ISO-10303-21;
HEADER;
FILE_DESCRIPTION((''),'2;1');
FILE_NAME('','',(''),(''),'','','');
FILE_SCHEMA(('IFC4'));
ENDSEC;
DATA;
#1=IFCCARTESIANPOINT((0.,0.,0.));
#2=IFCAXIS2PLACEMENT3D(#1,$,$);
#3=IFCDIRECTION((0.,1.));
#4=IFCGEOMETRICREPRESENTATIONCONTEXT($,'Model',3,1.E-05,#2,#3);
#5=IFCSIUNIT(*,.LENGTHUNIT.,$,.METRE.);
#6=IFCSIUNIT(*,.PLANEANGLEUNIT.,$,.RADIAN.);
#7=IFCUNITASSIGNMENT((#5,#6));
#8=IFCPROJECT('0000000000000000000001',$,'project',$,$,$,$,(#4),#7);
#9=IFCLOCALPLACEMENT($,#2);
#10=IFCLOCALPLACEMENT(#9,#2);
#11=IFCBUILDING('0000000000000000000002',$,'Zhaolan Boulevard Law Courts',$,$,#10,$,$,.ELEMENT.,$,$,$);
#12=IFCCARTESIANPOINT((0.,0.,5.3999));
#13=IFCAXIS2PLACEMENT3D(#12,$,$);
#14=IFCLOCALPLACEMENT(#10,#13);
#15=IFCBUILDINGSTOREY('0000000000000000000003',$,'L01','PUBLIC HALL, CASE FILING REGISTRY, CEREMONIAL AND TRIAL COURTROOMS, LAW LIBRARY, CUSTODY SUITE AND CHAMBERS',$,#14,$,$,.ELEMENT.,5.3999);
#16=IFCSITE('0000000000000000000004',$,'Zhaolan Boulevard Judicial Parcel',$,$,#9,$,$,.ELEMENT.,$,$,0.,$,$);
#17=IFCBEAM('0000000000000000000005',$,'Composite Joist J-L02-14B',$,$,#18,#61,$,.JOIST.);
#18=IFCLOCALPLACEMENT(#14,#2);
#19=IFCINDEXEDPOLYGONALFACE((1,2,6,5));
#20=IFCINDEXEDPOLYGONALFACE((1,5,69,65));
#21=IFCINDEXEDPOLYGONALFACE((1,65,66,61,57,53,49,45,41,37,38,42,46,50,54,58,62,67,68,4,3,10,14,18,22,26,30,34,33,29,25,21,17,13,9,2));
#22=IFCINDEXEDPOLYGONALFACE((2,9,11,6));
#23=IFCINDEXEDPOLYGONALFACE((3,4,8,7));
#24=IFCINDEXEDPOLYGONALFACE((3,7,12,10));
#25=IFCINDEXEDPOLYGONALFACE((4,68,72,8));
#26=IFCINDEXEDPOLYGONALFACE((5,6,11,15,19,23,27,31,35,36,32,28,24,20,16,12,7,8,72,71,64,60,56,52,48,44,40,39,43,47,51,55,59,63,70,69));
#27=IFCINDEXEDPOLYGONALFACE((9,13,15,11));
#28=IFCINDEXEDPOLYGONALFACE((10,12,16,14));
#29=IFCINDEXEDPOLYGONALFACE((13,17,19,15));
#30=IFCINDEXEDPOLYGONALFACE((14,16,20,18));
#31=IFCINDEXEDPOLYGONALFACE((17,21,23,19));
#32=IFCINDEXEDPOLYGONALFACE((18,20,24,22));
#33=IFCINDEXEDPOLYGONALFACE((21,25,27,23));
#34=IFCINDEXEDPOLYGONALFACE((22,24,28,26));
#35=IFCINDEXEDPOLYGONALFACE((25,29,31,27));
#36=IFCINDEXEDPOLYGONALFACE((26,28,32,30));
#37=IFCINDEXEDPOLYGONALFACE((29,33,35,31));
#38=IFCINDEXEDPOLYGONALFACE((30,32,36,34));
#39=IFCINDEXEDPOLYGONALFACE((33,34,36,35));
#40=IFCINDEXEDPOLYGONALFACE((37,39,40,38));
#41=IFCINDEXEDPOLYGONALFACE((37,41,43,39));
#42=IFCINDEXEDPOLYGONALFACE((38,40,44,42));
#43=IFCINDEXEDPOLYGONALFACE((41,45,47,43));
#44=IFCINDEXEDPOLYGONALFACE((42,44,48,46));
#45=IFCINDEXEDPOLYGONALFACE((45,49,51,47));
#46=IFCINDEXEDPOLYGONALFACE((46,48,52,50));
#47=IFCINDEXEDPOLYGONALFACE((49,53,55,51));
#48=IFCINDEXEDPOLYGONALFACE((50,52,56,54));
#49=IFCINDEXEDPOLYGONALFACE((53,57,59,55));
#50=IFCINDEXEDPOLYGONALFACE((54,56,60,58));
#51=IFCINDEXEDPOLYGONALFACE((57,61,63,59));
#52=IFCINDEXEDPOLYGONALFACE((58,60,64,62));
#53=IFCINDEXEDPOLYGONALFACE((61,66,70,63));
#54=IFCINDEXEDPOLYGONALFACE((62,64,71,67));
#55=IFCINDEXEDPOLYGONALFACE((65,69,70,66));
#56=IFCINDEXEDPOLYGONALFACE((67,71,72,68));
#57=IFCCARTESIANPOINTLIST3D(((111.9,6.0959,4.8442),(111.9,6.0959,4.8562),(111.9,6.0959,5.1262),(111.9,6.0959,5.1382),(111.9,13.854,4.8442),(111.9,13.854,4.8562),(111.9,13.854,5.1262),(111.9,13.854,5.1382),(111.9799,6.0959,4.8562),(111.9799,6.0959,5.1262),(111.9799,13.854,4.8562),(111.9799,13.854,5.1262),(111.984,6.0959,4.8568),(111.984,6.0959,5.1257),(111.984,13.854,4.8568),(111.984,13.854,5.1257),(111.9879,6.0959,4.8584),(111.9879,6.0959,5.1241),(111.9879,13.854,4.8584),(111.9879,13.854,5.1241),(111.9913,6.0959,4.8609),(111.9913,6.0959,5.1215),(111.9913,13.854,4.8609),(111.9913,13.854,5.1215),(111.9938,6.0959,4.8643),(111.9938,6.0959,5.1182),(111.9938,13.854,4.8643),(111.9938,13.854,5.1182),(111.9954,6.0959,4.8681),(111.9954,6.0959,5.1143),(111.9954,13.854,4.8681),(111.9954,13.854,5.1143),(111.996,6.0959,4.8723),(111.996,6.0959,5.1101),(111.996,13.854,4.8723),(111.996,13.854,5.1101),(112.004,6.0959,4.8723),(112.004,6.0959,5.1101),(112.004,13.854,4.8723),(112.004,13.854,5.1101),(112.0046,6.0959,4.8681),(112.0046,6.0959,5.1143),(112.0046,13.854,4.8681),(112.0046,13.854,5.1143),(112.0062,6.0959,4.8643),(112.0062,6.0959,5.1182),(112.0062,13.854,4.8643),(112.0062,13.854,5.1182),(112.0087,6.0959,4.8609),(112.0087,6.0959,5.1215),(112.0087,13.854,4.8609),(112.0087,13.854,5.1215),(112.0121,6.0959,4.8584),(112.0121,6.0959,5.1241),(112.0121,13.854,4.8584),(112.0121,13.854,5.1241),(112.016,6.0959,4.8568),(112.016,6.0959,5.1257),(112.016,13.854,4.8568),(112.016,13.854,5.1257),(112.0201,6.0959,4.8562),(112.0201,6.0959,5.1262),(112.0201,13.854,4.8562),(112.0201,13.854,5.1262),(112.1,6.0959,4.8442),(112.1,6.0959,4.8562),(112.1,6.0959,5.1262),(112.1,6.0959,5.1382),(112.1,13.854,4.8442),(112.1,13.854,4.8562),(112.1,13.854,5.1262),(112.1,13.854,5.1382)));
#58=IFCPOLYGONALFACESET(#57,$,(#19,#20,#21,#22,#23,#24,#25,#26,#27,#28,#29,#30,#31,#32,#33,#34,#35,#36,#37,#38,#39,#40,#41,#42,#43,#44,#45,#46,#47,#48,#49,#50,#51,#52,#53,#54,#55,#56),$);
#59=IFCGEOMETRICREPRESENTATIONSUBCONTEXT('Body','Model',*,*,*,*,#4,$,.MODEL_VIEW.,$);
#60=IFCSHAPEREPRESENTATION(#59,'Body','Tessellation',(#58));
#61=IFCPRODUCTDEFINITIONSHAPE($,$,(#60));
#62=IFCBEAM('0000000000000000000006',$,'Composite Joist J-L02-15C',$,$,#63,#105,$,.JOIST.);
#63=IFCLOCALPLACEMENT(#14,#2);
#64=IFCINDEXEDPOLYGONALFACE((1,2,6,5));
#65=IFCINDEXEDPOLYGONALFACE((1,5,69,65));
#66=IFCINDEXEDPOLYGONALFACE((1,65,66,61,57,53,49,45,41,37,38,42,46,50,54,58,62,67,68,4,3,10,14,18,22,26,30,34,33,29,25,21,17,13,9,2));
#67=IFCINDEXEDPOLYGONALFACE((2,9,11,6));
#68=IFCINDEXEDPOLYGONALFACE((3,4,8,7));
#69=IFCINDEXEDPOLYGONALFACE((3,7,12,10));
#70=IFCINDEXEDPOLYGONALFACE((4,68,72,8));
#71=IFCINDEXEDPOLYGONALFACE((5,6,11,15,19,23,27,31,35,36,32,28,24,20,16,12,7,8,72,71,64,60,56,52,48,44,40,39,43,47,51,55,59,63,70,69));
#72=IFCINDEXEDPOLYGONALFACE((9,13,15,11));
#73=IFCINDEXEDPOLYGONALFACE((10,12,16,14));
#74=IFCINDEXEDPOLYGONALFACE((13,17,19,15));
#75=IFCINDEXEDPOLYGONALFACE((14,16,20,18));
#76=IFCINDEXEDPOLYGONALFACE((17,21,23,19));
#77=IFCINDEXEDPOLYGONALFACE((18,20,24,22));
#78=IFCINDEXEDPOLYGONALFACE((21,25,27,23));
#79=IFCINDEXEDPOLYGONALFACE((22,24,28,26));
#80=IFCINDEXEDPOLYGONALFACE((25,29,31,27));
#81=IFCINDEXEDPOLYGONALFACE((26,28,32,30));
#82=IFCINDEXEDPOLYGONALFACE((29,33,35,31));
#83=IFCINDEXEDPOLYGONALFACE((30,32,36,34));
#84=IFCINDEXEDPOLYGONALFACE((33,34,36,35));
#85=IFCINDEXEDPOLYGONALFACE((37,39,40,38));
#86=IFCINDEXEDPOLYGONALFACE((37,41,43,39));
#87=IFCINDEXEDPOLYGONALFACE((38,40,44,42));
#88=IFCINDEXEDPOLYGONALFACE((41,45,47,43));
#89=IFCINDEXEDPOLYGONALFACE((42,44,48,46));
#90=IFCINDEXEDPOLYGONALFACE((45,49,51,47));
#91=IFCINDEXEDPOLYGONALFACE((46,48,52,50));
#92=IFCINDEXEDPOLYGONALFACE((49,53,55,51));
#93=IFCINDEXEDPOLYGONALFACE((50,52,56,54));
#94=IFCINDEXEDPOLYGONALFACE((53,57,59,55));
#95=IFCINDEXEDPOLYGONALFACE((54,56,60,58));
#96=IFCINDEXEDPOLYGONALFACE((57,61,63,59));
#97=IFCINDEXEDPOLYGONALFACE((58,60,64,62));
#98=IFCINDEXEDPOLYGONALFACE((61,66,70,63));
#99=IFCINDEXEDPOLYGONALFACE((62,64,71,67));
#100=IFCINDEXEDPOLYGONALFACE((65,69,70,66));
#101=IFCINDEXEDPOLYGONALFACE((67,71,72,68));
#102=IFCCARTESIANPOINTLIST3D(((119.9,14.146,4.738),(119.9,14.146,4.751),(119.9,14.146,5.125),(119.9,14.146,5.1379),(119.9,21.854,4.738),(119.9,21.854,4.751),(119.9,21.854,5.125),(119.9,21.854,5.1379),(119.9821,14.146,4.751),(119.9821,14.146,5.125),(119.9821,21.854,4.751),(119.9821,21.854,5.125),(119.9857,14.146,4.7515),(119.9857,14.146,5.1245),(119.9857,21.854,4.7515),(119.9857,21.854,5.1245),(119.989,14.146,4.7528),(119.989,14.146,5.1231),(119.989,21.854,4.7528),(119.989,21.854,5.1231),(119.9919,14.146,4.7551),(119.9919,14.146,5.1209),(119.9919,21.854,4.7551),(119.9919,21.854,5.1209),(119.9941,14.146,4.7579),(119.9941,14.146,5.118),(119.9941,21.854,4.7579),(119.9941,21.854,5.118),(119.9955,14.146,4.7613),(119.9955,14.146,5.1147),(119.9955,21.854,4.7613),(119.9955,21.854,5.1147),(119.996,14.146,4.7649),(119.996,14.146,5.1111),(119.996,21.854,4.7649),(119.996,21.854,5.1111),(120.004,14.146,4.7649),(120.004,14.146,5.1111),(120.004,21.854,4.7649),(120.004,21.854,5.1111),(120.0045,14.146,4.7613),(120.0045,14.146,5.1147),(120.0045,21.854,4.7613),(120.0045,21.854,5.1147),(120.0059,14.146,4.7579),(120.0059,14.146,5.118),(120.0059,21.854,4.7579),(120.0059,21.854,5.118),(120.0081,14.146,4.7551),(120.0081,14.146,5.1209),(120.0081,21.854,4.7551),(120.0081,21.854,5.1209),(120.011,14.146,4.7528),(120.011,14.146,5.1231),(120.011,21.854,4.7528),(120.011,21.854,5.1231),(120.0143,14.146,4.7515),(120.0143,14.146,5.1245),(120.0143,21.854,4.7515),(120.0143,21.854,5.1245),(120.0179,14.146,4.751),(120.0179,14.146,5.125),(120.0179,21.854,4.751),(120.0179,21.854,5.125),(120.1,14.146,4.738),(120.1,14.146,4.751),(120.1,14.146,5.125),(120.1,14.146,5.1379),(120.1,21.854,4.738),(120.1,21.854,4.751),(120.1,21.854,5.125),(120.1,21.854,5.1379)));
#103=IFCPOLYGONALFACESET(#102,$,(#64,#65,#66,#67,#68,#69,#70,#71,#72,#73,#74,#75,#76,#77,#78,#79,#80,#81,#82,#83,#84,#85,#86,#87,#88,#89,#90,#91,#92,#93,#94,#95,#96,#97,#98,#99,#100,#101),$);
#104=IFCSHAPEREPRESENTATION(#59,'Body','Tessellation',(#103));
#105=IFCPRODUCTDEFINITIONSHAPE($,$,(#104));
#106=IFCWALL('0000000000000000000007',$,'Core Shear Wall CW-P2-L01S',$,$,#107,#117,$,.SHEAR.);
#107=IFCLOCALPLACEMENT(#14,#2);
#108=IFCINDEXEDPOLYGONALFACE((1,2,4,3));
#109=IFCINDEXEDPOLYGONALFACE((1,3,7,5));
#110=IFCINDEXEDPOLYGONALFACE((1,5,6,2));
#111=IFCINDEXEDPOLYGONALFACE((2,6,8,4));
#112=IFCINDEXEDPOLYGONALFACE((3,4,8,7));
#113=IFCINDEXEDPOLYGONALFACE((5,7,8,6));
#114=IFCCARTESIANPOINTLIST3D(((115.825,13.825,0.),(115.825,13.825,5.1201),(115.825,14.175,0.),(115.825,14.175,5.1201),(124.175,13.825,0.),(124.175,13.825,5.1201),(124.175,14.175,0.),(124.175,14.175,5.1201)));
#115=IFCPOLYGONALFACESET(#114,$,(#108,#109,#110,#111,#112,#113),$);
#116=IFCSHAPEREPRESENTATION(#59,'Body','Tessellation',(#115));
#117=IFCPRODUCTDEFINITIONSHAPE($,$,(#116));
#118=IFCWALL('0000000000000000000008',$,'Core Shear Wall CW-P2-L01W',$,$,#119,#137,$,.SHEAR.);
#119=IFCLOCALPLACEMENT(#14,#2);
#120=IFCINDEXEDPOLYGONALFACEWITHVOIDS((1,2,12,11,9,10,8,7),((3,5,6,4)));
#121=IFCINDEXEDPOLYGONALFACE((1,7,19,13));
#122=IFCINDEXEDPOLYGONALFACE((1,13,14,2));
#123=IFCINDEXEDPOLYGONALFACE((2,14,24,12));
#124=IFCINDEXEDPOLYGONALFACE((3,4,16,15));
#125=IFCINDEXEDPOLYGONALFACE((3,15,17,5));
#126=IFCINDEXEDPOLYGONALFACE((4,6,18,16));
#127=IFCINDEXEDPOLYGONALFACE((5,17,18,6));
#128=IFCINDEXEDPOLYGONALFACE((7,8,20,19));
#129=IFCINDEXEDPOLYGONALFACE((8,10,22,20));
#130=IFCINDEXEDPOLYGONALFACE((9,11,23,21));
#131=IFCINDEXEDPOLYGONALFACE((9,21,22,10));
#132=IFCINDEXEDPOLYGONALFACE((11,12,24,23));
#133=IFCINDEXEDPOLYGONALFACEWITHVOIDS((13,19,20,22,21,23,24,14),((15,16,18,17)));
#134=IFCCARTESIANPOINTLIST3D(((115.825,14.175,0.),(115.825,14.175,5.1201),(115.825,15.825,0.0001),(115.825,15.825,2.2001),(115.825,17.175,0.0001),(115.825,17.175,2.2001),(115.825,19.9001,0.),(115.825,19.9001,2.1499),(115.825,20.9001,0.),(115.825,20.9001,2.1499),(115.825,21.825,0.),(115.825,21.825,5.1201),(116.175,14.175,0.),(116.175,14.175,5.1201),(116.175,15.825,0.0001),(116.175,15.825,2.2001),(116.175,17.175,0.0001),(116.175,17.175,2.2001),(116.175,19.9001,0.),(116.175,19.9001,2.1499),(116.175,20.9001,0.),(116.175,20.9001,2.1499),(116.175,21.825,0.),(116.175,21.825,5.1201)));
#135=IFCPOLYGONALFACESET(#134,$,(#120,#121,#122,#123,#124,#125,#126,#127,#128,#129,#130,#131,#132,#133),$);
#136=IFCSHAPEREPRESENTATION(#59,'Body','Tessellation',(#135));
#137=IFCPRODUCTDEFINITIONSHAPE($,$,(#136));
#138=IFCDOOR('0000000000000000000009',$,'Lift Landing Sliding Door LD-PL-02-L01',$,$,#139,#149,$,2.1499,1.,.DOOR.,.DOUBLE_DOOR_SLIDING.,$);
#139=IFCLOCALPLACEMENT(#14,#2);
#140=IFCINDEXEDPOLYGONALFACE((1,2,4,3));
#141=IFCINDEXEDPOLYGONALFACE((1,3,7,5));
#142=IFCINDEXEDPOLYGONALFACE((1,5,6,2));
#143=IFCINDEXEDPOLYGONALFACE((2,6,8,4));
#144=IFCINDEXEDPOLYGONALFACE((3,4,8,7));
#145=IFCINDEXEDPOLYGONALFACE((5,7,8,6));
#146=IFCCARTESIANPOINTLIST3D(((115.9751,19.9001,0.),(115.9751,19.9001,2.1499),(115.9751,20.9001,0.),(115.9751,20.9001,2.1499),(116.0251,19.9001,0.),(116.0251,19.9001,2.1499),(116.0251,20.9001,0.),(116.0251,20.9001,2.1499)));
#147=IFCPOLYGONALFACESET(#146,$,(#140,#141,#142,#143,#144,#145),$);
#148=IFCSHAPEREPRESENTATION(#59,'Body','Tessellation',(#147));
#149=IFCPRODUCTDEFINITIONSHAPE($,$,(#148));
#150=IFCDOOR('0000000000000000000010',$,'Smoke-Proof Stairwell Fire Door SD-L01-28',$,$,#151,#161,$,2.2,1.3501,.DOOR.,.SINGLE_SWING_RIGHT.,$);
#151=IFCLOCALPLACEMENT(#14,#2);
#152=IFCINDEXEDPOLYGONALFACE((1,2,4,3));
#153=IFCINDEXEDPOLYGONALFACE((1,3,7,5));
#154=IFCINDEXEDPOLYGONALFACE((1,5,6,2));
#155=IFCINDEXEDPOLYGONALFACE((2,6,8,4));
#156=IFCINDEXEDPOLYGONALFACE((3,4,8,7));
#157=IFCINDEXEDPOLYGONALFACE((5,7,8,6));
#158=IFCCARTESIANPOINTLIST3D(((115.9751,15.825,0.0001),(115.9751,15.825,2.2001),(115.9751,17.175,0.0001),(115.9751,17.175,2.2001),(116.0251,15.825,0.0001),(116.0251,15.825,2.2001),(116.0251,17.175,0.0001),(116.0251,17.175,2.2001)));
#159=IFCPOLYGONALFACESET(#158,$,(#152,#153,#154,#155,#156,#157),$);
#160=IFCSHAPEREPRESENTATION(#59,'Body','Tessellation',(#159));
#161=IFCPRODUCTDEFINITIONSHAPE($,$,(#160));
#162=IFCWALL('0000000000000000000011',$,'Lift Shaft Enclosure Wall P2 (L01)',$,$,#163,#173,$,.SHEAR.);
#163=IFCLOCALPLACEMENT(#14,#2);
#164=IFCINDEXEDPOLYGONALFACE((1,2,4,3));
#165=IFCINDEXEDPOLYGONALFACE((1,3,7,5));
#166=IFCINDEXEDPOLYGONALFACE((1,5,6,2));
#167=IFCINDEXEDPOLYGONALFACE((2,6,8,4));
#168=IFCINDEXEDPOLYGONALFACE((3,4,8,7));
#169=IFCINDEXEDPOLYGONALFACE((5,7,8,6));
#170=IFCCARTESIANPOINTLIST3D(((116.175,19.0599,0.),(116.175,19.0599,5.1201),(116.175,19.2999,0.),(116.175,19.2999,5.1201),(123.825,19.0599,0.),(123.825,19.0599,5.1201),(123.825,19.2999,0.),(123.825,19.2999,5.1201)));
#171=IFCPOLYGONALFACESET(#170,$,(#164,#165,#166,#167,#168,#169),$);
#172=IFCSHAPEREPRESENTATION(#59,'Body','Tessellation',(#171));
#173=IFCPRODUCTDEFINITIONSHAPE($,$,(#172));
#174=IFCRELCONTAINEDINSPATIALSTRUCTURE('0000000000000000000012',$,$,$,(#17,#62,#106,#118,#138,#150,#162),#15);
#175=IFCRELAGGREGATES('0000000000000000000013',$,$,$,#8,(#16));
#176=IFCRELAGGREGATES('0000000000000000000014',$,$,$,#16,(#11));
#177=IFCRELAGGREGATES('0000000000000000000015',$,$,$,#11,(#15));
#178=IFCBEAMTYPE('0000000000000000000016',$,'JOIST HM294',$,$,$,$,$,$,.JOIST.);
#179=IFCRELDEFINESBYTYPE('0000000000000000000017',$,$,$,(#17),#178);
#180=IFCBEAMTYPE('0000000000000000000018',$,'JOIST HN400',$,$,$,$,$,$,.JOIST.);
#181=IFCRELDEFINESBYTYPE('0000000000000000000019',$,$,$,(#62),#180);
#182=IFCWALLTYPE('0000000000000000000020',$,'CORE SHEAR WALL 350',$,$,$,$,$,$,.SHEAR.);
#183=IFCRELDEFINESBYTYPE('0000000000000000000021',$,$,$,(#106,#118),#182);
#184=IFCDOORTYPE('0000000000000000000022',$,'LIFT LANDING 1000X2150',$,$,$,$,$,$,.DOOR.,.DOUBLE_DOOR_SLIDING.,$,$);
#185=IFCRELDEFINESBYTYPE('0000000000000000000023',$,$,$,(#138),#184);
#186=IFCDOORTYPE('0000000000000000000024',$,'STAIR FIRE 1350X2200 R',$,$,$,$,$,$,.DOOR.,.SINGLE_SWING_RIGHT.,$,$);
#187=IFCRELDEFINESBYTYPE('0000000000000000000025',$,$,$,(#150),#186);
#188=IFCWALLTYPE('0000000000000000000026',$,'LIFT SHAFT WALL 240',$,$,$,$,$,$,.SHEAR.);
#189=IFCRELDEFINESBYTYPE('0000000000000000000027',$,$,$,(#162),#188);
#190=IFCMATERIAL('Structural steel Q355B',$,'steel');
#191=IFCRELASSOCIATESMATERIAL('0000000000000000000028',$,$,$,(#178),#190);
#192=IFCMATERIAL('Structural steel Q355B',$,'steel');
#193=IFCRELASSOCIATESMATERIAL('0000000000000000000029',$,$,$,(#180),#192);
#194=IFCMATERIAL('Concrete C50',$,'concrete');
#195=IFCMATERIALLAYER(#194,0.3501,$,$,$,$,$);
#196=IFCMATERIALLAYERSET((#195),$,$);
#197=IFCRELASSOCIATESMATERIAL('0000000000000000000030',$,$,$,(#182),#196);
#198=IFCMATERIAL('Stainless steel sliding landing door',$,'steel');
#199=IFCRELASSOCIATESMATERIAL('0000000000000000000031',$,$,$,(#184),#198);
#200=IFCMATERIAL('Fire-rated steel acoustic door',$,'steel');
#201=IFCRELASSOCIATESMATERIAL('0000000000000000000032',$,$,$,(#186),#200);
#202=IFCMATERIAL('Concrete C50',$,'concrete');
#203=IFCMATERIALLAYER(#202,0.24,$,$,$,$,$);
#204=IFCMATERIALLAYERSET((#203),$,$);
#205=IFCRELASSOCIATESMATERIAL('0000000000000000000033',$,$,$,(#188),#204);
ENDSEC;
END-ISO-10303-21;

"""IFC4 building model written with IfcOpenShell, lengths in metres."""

from ifc_helpers import new_model, si_unit, direction, frame, frame_2d, origin, origin_2d, place, context, subcontext, project, spatial, rectangle, i_section, extrude, material, layer, layer_set, material_profile, profile_set, type_object, element, fill, save


model = new_model("IFC4")

# Units and contexts
model_context = context("Model", 3, precision=1e-05, world=origin(), true_north=direction((0.0, 1.0)))
body_context = subcontext(model_context, "Body", "Model", "MODEL_VIEW")
ifc_project = project(units=[si_unit("LENGTHUNIT", "METRE"), si_unit("PLANEANGLEUNIT", "RADIAN")], contexts=[model_context])

# Site, building, storey
site_placement = place(None, origin())
site = spatial("IfcSite", under=ifc_project, at=site_placement, Name="Zhaolan Boulevard Judicial Parcel", CompositionType="ELEMENT", RefElevation=0.0)
building_placement = place(site_placement, origin())
building = spatial("IfcBuilding", under=site, at=building_placement, Name="Zhaolan Boulevard Law Courts", CompositionType="ELEMENT")
storey_placement = place(building_placement, frame((0.0, 0.0, 5.3999)))
storey = spatial("IfcBuildingStorey", under=building, at=storey_placement, Name="L01", Description="PUBLIC HALL, CASE FILING REGISTRY, CEREMONIAL AND TRIAL COURTROOMS, LAW LIBRARY, CUSTODY SUITE AND CHAMBERS", CompositionType="ELEMENT", Elevation=5.3999)

# Beams
ifc_material_1 = material(Name="Structural steel Q355B", Category="steel")
ifc_material_profile_1 = material_profile(ifc_material_1, i_section(OverallWidth=0.2, OverallDepth=0.2939, WebThickness=0.0081, FlangeThickness=0.012, FilletRadius=0.0161, at=origin_2d()), Name="HM294x200")
ifc_profile_set_1 = profile_set([ifc_material_profile_1], Name="Structural steel Q355B")
beam_type_1 = type_object("IfcBeamType", Name="JOIST HM294", PredefinedType="JOIST", material=ifc_profile_set_1)
beam_1_placement = place(storey_placement, frame((112.0, 6.0959, 4.9912), z_axis=(0.0, 1.0, 0.0), x_axis=(-1.0, 0.0, 0.0)))
element("IfcBeam", 1, at=beam_1_placement, inside=storey, type_object=beam_type_1, Name="Composite Joist J-L02-14B", PredefinedType="JOIST", context=body_context, shape_type="SweptSolid", body=[
    extrude(i_section(OverallWidth=0.2, OverallDepth=0.2939, WebThickness=0.0081, FlangeThickness=0.012, FilletRadius=0.0161, at=origin_2d()), origin(), (0.0, 0.0, 1.0), 7.7581),
])
ifc_material_2 = material(Name="Structural steel Q355B", Category="steel")
ifc_material_profile_2 = material_profile(ifc_material_2, i_section(OverallWidth=0.2, OverallDepth=0.3999, WebThickness=0.0081, FlangeThickness=0.0129, FilletRadius=0.0139, at=origin_2d()), Name="HN400x200")
ifc_profile_set_2 = profile_set([ifc_material_profile_2], Name="Structural steel Q355B")
beam_type_2 = type_object("IfcBeamType", Name="JOIST HN400", PredefinedType="JOIST", material=ifc_profile_set_2)
beam_2_placement = place(storey_placement, frame((120.0, 14.146, 4.938), z_axis=(0.0, 1.0, 0.0), x_axis=(-1.0, 0.0, 0.0)))
element("IfcBeam", 2, at=beam_2_placement, inside=storey, type_object=beam_type_2, Name="Composite Joist J-L02-15C", PredefinedType="JOIST", context=body_context, shape_type="SweptSolid", body=[
    extrude(i_section(OverallWidth=0.2, OverallDepth=0.3999, WebThickness=0.0081, FlangeThickness=0.0129, FilletRadius=0.0139, at=origin_2d()), origin(), (0.0, 0.0, 1.0), 7.708),
])

# Wall
ifc_material_3 = material(Name="Concrete C50", Category="concrete")
ifc_layer_1 = layer(ifc_material_3, 0.3501)
ifc_layer_set_1 = layer_set([ifc_layer_1])
wall_type_1 = type_object("IfcWallType", Name="CORE SHEAR WALL 350", PredefinedType="SHEAR", material=ifc_layer_set_1)
wall_1_placement = place(storey_placement, frame((115.825, 14.0, 0.0), z_axis=(0.0, 0.0, 1.0), x_axis=(1.0, 0.0, 0.0)))
element("IfcWall", 3, at=wall_1_placement, inside=storey, type_object=wall_type_1, Name="Core Shear Wall CW-P2-L01S", PredefinedType="SHEAR", context=body_context, shape_type="SweptSolid", body=[
    extrude(rectangle(XDim=8.3501, YDim=0.3501, at=frame_2d((4.175, 0.0))), origin(), (0.0, 0.0, 1.0), 5.1201),
])

# Wall, openings, doors
wall_2_placement = place(storey_placement, frame((116.0, 14.175, 0.0), z_axis=(0.0, 0.0, 1.0), x_axis=(0.0, 1.0, 0.0)))
wall_2 = element("IfcWall", 4, at=wall_2_placement, inside=storey, type_object=wall_type_1, Name="Core Shear Wall CW-P2-L01W", PredefinedType="SHEAR", context=body_context, shape_type="SweptSolid", body=[
    extrude(rectangle(XDim=7.6499, YDim=0.3501, at=frame_2d((3.825, 0.0))), origin(), (0.0, 0.0, 1.0), 5.1201),
])
opening_1_placement = place(wall_2_placement, frame((1.6499, 0.0, 0.0)))
opening_1 = element("IfcOpeningElement", 5, at=opening_1_placement, cuts=wall_2, PredefinedType="OPENING", context=body_context, shape_type="SweptSolid", body=[
    extrude(rectangle(XDim=1.3501, YDim=2.2, at=frame_2d((0.675, 1.1001))), frame((0.0, 0.1851, 0.0), z_axis=(0.0, -1.0, 0.0), x_axis=(1.0, 0.0, 0.0)), (0.0, 0.0, 1.0), 0.3701),
])
opening_2_placement = place(wall_2_placement, frame((5.7251, 0.0, 0.0)))
opening_2 = element("IfcOpeningElement", 6, at=opening_2_placement, cuts=wall_2, PredefinedType="OPENING", context=body_context, shape_type="SweptSolid", body=[
    extrude(rectangle(XDim=1.0, YDim=2.1499, at=frame_2d((0.5, 1.075))), frame((0.0, 0.1851, 0.0), z_axis=(0.0, -1.0, 0.0), x_axis=(1.0, 0.0, 0.0)), (0.0, 0.0, 1.0), 0.3701),
])
ifc_material_4 = material(Name="Stainless steel sliding landing door", Category="steel")
door_type_1 = type_object("IfcDoorType", Name="LIFT LANDING 1000X2150", OperationType="DOUBLE_DOOR_SLIDING", PredefinedType="DOOR", material=ifc_material_4)
door_1_placement = place(opening_2_placement, origin())
door_1 = element("IfcDoor", 7, at=door_1_placement, inside=storey, type_object=door_type_1, Name="Lift Landing Sliding Door LD-PL-02-L01", OperationType="DOUBLE_DOOR_SLIDING", OverallHeight=2.1499, OverallWidth=1.0, PredefinedType="DOOR", context=body_context, shape_type="SweptSolid", body=[
    extrude(rectangle(XDim=1.0, YDim=2.1499, at=frame_2d((0.5, 1.075))), frame((0.0, 0.0249, 0.0), z_axis=(0.0, -1.0, 0.0), x_axis=(1.0, 0.0, 0.0)), (0.0, 0.0, 1.0), 0.05),
])
fill(opening_2, door_1)
ifc_material_5 = material(Name="Fire-rated steel acoustic door", Category="steel")
door_type_2 = type_object("IfcDoorType", Name="STAIR FIRE 1350X2200 R", OperationType="SINGLE_SWING_RIGHT", PredefinedType="DOOR", material=ifc_material_5)
door_2_placement = place(opening_1_placement, origin())
door_2 = element("IfcDoor", 8, at=door_2_placement, inside=storey, type_object=door_type_2, Name="Smoke-Proof Stairwell Fire Door SD-L01-28", OperationType="SINGLE_SWING_RIGHT", OverallHeight=2.2, OverallWidth=1.3501, PredefinedType="DOOR", context=body_context, shape_type="SweptSolid", body=[
    extrude(rectangle(XDim=1.3501, YDim=2.2, at=frame_2d((0.675, 1.1001))), frame((0.0, 0.0249, 0.0), z_axis=(0.0, -1.0, 0.0), x_axis=(1.0, 0.0, 0.0)), (0.0, 0.0, 1.0), 0.05),
])
fill(opening_1, door_2)

# Wall
ifc_material_6 = material(Name="Concrete C50", Category="concrete")
ifc_layer_2 = layer(ifc_material_6, 0.24)
ifc_layer_set_2 = layer_set([ifc_layer_2])
wall_type_2 = type_object("IfcWallType", Name="LIFT SHAFT WALL 240", PredefinedType="SHEAR", material=ifc_layer_set_2)
wall_3_placement = place(storey_placement, frame((116.175, 19.1799, 0.0), z_axis=(0.0, 0.0, 1.0), x_axis=(1.0, 0.0, 0.0)))
element("IfcWall", 9, at=wall_3_placement, inside=storey, type_object=wall_type_2, Name="Lift Shaft Enclosure Wall P2 (L01)", PredefinedType="SHEAR", context=body_context, shape_type="SweptSolid", body=[
    extrude(rectangle(XDim=7.6499, YDim=0.24, at=frame_2d((3.825, 0.0))), origin(), (0.0, 0.0, 1.0), 5.1201),
])

save(model, "model.ifc")
